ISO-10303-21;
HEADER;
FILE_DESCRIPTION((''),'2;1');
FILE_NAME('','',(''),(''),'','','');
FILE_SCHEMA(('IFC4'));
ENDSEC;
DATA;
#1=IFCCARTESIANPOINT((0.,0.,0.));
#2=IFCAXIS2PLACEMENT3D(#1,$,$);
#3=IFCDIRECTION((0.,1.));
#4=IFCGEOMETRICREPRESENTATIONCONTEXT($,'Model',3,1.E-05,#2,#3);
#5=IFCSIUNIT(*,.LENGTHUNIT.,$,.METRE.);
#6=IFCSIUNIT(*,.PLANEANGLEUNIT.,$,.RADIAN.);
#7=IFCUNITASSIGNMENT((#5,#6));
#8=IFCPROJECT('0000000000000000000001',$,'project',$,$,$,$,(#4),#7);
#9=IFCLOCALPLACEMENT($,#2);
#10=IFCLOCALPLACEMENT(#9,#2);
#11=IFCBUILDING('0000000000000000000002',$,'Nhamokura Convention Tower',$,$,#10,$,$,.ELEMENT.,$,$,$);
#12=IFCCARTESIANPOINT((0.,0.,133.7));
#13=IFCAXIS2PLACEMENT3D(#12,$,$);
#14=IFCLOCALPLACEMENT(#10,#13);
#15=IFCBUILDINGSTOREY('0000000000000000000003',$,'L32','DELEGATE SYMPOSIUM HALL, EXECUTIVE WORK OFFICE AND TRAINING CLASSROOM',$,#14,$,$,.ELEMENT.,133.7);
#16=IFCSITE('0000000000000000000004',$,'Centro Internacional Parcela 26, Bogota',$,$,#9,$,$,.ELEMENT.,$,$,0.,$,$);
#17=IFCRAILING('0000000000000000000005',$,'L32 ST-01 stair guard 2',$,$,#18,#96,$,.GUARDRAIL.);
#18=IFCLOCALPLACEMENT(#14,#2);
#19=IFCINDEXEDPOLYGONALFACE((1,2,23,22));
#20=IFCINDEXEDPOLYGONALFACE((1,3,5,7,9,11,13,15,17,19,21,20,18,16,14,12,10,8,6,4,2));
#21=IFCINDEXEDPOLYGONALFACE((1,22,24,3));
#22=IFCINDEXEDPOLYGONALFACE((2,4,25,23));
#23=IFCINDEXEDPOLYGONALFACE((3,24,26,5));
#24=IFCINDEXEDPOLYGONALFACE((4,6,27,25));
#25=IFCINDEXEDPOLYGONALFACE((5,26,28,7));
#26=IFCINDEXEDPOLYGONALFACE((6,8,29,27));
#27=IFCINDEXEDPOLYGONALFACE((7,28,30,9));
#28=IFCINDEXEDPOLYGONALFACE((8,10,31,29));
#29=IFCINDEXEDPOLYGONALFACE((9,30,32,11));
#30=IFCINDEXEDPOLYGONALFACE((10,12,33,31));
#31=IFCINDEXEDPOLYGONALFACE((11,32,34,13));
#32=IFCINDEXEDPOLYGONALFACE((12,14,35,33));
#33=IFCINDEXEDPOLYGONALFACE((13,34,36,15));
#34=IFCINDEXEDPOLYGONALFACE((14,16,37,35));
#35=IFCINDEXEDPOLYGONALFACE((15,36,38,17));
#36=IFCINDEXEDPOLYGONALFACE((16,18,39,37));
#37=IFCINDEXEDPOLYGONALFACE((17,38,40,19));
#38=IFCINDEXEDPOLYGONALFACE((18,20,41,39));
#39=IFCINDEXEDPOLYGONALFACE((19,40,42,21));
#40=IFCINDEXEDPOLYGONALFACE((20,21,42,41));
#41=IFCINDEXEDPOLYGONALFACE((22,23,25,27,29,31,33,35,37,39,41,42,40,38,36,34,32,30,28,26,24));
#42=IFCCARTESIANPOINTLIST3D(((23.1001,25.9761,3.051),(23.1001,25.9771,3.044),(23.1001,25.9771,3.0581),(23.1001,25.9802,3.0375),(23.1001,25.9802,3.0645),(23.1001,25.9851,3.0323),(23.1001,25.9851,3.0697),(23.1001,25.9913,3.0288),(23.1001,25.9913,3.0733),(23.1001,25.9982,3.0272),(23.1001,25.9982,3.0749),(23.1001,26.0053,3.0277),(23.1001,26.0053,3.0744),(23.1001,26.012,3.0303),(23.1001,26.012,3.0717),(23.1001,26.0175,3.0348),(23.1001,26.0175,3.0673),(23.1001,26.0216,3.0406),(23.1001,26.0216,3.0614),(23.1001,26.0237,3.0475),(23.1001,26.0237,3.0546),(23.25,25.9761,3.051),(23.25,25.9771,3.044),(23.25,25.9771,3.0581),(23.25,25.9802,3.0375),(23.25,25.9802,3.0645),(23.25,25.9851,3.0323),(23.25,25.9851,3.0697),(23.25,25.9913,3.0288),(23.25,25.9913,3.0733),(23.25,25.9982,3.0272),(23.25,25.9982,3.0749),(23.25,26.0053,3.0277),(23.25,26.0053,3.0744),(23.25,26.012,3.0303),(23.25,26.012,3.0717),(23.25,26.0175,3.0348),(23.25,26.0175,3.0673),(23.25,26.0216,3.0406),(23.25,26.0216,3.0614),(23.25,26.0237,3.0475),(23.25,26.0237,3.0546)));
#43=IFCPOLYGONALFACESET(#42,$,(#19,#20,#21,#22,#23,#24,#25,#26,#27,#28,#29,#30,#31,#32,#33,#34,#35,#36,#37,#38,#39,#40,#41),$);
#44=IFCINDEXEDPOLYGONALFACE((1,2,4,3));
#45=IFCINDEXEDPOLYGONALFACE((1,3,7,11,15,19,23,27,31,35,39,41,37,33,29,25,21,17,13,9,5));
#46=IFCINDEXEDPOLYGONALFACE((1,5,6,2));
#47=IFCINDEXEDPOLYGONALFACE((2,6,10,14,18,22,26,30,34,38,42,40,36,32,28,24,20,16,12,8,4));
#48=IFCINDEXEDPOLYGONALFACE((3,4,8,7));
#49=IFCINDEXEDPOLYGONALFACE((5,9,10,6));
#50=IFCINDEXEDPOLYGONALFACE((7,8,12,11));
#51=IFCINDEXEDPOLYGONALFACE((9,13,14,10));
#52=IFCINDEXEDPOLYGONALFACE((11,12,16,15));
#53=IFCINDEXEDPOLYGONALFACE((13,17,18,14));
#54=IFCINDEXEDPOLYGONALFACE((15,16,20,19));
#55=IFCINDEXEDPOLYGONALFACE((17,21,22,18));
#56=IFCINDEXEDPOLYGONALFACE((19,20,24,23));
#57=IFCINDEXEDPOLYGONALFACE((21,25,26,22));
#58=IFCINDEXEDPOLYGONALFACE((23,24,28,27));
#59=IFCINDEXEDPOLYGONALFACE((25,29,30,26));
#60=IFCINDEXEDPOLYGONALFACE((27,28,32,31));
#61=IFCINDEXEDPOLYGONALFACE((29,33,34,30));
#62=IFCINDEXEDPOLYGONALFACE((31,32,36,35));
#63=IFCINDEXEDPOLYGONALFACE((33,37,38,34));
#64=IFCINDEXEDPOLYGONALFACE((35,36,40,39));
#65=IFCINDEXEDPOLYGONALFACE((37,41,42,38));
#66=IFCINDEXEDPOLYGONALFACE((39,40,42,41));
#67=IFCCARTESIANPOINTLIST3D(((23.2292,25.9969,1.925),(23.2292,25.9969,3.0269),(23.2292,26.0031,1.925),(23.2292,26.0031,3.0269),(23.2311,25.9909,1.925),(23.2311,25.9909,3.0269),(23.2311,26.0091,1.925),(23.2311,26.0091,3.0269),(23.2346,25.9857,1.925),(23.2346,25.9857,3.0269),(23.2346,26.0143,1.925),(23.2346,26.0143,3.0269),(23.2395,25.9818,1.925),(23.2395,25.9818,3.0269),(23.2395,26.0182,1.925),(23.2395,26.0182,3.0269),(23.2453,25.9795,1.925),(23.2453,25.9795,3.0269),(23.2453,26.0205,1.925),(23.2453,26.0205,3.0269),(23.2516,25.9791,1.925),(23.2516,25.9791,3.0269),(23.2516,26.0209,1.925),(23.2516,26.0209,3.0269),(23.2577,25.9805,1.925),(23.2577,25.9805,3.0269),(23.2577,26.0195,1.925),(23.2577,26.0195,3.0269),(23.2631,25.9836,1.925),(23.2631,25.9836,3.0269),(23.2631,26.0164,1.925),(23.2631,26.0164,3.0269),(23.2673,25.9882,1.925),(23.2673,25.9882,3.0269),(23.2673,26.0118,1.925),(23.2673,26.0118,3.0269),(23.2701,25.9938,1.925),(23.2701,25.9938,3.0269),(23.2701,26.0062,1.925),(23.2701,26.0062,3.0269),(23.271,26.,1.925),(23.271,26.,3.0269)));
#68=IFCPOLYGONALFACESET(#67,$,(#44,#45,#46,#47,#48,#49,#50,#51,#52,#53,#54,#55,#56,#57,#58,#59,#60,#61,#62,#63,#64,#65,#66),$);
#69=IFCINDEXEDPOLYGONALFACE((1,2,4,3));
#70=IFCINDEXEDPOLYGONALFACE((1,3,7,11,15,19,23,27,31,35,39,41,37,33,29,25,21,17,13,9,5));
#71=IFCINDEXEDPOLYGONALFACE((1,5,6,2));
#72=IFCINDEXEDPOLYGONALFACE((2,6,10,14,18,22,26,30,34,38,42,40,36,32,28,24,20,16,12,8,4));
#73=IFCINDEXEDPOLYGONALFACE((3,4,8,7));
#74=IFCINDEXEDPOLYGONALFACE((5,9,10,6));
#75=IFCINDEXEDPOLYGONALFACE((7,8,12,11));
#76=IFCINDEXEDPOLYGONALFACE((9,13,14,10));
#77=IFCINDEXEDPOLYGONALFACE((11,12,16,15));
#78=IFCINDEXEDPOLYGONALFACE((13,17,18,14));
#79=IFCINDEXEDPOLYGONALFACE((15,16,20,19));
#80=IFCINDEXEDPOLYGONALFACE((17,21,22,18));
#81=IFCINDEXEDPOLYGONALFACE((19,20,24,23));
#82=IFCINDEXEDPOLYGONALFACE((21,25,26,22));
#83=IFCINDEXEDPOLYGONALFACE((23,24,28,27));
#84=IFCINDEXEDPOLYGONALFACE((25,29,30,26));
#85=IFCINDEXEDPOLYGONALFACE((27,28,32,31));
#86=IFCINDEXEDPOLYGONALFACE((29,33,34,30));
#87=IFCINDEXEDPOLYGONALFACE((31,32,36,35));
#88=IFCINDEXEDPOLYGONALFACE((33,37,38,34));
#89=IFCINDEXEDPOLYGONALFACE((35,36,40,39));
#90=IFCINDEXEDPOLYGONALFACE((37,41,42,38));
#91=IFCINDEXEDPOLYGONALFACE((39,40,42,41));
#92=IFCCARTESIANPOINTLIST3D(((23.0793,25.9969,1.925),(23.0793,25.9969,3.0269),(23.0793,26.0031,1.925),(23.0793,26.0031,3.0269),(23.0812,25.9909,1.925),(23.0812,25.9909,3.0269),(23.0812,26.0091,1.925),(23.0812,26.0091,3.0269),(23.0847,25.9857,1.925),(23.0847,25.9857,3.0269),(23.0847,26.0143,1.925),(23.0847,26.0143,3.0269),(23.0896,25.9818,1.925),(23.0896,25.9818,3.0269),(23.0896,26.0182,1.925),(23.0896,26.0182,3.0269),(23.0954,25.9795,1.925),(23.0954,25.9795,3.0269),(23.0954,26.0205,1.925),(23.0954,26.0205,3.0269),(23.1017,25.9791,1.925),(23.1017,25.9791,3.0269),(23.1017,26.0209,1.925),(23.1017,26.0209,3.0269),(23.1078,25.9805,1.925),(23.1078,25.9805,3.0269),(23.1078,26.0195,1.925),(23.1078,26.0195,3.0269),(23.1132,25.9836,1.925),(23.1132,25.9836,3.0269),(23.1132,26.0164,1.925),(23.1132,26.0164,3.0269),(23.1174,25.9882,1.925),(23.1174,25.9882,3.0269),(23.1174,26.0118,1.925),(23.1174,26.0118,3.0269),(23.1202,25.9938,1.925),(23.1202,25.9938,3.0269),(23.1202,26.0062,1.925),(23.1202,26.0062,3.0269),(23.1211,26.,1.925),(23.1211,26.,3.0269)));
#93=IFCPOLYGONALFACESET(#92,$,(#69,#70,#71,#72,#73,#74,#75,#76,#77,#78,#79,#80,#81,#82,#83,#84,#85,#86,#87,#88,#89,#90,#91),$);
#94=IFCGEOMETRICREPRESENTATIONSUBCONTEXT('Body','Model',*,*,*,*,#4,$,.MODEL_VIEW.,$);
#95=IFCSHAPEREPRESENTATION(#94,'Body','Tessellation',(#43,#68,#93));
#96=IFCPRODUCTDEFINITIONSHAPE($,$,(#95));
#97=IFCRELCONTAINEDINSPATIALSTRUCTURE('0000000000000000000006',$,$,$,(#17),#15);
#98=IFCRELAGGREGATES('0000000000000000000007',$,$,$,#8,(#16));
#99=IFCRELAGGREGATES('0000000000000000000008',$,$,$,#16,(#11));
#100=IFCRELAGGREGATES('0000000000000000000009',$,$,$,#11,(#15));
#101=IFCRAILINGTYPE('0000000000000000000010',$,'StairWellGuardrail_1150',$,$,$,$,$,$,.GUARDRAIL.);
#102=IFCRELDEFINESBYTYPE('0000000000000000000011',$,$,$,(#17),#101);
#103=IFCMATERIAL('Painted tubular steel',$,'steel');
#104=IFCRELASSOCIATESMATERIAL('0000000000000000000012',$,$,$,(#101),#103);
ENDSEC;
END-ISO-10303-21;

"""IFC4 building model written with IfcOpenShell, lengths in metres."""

from ifc_helpers import new_model, si_unit, direction, frame, origin, origin_2d, place, context, subcontext, project, spatial, circle, extrude, material, type_object, element, save


model = new_model("IFC4")

# Units and contexts
model_context = context("Model", 3, precision=1e-05, world=origin(), true_north=direction((0.0, 1.0)))
body_context = subcontext(model_context, "Body", "Model", "MODEL_VIEW")
ifc_project = project(units=[si_unit("LENGTHUNIT", "METRE"), si_unit("PLANEANGLEUNIT", "RADIAN")], contexts=[model_context])

# Site, building, storey
site_placement = place(None, origin())
site = spatial("IfcSite", under=ifc_project, at=site_placement, Name="Centro Internacional Parcela 26, Bogota", CompositionType="ELEMENT", RefElevation=0.0)
building_placement = place(site_placement, origin())
building = spatial("IfcBuilding", under=site, at=building_placement, Name="Nhamokura Convention Tower", CompositionType="ELEMENT")
storey_placement = place(building_placement, frame((0.0, 0.0, 133.7)))
storey = spatial("IfcBuildingStorey", under=building, at=storey_placement, Name="L32", Description="DELEGATE SYMPOSIUM HALL, EXECUTIVE WORK OFFICE AND TRAINING CLASSROOM", CompositionType="ELEMENT", Elevation=133.7)

# Railing
ifc_material_1 = material(Name="Painted tubular steel", Category="steel")
railing_type_1 = type_object("IfcRailingType", Name="StairWellGuardrail_1150", PredefinedType="GUARDRAIL", material=ifc_material_1)
railing_1_placement = place(storey_placement, frame((23.25, 26.0, 1.925)))
element("IfcRailing", 1, at=railing_1_placement, inside=storey, type_object=railing_type_1, Name="L32 ST-01 stair guard 2", PredefinedType="GUARDRAIL", context=body_context, shape_type="SweptSolid", body=[
    extrude(circle(Radius=0.0239, at=origin_2d()), frame((0.0, 0.0, 1.126), z_axis=(-1.0, 0.0, 0.0), x_axis=(0.0, -1.0, 0.0)), (0.0, 0.0, 1.0), 0.1499),
    extrude(circle(Radius=0.021, at=origin_2d()), origin(), (0.0, 0.0, 1.0), 1.1018),
    extrude(circle(Radius=0.021, at=origin_2d()), frame((-0.1499, 0.0, 0.0)), (0.0, 0.0, 1.0), 1.1018),
])

save(model, "model.ifc")
